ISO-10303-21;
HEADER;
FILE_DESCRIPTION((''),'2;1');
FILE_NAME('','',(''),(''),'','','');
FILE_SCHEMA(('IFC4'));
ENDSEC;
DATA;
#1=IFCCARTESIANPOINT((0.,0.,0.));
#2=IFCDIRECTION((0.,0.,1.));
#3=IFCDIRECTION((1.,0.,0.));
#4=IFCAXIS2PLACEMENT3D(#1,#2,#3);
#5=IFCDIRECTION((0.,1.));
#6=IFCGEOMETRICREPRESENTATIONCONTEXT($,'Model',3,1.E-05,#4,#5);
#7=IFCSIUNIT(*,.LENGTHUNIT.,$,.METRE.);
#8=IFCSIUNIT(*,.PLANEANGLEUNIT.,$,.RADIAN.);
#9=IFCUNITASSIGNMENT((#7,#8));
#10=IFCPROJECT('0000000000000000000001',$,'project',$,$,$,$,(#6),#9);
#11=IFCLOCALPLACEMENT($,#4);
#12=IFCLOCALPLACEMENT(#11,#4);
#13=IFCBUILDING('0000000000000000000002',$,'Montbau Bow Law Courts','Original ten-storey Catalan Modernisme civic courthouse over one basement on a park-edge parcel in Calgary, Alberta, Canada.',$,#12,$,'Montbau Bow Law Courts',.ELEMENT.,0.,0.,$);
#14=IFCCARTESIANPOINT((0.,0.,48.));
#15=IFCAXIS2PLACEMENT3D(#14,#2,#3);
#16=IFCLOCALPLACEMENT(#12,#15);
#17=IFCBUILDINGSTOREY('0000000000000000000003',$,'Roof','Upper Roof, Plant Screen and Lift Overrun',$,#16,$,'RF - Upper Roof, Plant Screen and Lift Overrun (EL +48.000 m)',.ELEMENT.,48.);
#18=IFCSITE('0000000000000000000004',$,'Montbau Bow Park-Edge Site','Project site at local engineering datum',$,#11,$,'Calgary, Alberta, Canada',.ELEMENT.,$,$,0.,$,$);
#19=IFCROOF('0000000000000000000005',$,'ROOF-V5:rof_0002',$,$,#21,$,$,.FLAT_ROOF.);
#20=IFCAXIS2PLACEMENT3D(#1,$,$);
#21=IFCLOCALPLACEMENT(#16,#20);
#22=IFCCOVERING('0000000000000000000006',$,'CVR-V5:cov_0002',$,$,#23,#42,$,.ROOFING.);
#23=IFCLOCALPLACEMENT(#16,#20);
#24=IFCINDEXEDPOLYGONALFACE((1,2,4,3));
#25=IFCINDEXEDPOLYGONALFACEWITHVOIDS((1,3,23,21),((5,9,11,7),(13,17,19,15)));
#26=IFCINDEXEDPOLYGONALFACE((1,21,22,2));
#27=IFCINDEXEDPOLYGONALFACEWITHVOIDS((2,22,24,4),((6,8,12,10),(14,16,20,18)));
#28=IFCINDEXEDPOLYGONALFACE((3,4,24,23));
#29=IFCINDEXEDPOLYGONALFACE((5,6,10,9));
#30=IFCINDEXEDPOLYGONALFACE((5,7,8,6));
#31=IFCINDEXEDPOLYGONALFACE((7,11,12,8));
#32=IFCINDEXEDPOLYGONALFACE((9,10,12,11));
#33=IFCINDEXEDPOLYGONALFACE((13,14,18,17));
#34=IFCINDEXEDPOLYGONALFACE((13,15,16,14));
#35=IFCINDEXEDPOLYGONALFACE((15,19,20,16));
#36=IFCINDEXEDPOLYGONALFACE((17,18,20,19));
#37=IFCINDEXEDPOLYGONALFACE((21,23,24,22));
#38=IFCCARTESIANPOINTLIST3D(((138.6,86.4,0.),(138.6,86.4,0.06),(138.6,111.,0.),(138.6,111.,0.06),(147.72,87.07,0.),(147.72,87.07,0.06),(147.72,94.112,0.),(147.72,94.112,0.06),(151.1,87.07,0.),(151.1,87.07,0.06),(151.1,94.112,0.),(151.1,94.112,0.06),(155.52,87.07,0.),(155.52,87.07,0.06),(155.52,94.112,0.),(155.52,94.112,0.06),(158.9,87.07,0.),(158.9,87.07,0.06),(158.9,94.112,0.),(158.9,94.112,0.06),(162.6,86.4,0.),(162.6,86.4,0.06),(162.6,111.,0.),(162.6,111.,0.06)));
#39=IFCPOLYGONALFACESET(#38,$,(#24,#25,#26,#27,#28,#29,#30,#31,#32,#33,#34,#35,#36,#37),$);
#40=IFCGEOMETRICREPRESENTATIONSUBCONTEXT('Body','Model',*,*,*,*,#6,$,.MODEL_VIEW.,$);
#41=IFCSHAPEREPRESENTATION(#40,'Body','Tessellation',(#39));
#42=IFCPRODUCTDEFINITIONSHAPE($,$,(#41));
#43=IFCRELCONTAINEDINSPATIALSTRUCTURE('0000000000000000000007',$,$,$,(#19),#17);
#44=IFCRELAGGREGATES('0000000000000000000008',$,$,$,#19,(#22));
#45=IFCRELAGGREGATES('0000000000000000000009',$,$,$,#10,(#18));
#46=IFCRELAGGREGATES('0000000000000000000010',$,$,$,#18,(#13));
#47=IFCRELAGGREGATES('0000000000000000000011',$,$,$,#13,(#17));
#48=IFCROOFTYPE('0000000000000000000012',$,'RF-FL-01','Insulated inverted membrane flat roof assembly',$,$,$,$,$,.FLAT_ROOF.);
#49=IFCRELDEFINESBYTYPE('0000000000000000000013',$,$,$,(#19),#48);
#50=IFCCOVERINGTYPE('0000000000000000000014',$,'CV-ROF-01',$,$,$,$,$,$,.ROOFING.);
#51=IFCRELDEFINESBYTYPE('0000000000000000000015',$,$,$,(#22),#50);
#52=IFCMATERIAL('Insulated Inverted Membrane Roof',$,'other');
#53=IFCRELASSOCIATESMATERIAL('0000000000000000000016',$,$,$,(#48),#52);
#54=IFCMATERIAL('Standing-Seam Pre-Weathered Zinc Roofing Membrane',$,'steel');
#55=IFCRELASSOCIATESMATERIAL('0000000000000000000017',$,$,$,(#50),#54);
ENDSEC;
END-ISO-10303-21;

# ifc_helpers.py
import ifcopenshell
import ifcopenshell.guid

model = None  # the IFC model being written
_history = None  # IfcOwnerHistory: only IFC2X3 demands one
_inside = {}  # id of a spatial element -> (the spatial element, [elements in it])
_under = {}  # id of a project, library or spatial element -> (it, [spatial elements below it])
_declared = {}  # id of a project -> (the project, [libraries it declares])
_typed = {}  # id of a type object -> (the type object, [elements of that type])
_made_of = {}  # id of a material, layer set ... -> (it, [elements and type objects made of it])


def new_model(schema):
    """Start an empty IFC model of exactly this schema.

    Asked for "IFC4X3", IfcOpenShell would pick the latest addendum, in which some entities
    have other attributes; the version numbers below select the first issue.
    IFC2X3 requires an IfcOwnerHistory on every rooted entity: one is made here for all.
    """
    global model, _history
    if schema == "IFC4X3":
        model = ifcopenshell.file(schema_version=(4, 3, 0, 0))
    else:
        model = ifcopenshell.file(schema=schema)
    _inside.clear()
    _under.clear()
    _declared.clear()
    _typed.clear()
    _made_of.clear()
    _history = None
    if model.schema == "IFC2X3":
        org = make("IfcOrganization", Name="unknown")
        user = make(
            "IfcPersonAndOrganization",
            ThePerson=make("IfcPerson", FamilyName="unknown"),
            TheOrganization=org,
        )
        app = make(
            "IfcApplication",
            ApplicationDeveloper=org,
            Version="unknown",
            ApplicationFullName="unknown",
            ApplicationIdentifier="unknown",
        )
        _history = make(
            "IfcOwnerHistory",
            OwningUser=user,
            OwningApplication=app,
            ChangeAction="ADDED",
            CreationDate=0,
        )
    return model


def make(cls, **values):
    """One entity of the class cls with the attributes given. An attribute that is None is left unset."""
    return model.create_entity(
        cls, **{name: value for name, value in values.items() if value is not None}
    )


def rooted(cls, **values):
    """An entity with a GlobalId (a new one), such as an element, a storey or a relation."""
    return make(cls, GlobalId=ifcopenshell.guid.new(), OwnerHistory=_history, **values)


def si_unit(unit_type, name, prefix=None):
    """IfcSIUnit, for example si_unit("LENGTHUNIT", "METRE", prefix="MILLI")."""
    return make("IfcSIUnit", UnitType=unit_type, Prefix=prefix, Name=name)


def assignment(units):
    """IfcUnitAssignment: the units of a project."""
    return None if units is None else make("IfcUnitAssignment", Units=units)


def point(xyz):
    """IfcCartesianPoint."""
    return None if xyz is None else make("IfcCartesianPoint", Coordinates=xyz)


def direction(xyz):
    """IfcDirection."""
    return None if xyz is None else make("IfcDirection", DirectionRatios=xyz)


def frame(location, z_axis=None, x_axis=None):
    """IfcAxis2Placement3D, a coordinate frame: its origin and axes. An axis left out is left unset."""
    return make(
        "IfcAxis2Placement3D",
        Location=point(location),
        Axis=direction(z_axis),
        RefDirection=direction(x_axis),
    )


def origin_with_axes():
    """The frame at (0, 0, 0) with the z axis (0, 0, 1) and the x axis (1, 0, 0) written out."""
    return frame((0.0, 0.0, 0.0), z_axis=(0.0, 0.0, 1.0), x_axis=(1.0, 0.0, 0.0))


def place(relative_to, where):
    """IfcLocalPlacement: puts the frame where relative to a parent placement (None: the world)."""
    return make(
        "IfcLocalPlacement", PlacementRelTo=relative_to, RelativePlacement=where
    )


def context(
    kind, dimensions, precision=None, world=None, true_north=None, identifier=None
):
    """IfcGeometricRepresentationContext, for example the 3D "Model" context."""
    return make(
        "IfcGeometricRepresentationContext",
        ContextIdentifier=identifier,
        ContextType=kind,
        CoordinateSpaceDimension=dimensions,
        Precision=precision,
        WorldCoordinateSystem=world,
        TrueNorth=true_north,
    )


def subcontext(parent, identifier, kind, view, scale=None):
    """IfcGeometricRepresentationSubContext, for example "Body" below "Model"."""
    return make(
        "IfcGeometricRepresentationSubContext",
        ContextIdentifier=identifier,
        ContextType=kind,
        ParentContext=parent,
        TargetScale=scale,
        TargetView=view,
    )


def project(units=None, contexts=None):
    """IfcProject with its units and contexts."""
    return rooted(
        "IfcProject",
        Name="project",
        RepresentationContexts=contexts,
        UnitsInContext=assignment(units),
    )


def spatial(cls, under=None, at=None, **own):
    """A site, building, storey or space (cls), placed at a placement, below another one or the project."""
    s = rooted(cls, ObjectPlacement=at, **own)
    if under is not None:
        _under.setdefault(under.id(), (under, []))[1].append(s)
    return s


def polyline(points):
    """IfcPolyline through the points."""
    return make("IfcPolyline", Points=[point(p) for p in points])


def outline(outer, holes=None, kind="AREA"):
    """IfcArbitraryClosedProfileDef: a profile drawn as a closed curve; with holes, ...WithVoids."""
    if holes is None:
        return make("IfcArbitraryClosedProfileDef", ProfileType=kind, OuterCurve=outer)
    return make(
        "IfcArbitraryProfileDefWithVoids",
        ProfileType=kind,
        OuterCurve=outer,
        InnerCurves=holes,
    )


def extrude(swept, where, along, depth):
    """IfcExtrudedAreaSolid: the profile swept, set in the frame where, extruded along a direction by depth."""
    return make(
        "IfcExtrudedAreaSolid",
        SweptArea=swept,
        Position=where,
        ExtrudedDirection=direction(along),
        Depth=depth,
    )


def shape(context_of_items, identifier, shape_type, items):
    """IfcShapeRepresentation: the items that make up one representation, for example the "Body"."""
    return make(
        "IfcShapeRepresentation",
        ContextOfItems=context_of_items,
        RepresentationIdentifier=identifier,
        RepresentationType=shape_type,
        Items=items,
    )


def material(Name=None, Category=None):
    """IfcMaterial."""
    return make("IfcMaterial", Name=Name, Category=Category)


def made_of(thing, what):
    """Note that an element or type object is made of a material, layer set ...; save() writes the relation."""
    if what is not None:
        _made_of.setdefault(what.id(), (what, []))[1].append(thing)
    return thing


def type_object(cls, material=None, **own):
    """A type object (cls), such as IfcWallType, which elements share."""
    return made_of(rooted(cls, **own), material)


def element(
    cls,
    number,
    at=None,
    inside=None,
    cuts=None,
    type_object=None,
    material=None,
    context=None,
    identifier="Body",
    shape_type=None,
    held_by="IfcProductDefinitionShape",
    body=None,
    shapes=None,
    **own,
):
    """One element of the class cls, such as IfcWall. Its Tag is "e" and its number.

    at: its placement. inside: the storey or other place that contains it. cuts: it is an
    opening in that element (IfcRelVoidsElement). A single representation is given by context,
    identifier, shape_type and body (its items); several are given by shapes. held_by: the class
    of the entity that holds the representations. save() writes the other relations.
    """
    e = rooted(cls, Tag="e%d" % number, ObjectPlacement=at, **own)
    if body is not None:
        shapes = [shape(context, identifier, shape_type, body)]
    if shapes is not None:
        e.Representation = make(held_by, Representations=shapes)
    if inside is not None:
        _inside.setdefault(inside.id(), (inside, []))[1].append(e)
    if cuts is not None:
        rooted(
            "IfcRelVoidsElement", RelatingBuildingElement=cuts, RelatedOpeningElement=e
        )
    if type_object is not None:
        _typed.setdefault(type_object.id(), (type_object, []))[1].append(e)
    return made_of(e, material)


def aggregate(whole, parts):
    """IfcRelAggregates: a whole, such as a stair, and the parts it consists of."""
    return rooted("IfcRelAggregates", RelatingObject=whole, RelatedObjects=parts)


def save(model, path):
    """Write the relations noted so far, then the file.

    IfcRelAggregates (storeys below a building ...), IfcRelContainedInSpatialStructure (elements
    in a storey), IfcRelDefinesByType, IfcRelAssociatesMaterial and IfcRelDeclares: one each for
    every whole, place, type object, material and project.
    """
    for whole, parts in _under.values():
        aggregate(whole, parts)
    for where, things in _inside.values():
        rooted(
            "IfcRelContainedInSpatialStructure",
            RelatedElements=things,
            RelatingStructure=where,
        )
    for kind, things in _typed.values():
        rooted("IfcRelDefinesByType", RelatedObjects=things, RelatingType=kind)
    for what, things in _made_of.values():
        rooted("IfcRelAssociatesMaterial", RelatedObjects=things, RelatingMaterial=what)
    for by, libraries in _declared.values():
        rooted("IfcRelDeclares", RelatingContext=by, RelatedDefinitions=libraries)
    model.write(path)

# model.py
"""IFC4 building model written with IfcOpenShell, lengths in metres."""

from ifc_helpers import new_model, si_unit, direction, frame, origin_with_axes, place, context, subcontext, project, spatial, polyline, outline, extrude, material, type_object, element, aggregate, save


model = new_model("IFC4")

# Units and contexts
model_context = context("Model", 3, precision=1e-05, world=origin_with_axes(), true_north=direction((0.0, 1.0)))
body_context = subcontext(model_context, "Body", "Model", "MODEL_VIEW")
ifc_project = project(units=[si_unit("LENGTHUNIT", "METRE"), si_unit("PLANEANGLEUNIT", "RADIAN")], contexts=[model_context])

# Site, building, storey
site_placement = place(None, origin_with_axes())
site = spatial("IfcSite", under=ifc_project, at=site_placement, Name="Montbau Bow Park-Edge Site", Description="Project site at local engineering datum", LongName="Calgary, Alberta, Canada", CompositionType="ELEMENT", RefElevation=0.0)
building_placement = place(site_placement, origin_with_axes())
building = spatial("IfcBuilding", under=site, at=building_placement, Name="Montbau Bow Law Courts", Description="Original ten-storey Catalan Modernisme civic courthouse over one basement on a park-edge parcel in Calgary, Alberta, Canada.", LongName="Montbau Bow Law Courts", CompositionType="ELEMENT", ElevationOfRefHeight=0.0, ElevationOfTerrain=0.0)
storey_placement = place(building_placement, frame((0.0, 0.0, 48.0), z_axis=(0.0, 0.0, 1.0), x_axis=(1.0, 0.0, 0.0)))
storey = spatial("IfcBuildingStorey", under=building, at=storey_placement, Name="Roof", Description="Upper Roof, Plant Screen and Lift Overrun", LongName="RF - Upper Roof, Plant Screen and Lift Overrun (EL +48.000 m)", CompositionType="ELEMENT", Elevation=48.0)

# Roof, covering
ifc_material_1 = material(Name="Insulated Inverted Membrane Roof", Category="other")
roof_type = type_object("IfcRoofType", Name="RF-FL-01", Description="Insulated inverted membrane flat roof assembly", PredefinedType="FLAT_ROOF", material=ifc_material_1)
roof_1_placement = place(None, frame((138.6, 86.4, 48.0), z_axis=(0.0, 0.0, 1.0), x_axis=(1.0, 0.0, 0.0)))
roof_1 = element("IfcRoof", 1, at=roof_1_placement, inside=storey, type_object=roof_type, Name="ROOF-V5:rof_0002", PredefinedType="FLAT_ROOF")
ifc_material_2 = material(Name="Standing-Seam Pre-Weathered Zinc Roofing Membrane", Category="steel")
covering_type = type_object("IfcCoveringType", Name="CV-ROF-01", PredefinedType="ROOFING", material=ifc_material_2)
covering_1_placement = place(None, frame((0.0, 0.0, 48.0), z_axis=(0.0, 0.0, 1.0), x_axis=(1.0, 0.0, 0.0)))
covering_1 = element("IfcCovering", 2, at=covering_1_placement, type_object=covering_type, Name="CVR-V5:cov_0002", PredefinedType="ROOFING", context=body_context, shape_type="SweptSolid", body=[
    extrude(outline(polyline([(138.6, 86.4), (162.6, 86.4), (162.6, 111.0), (138.6, 111.0), (138.6, 86.4)]), holes=[polyline([(147.72, 87.07), (151.1, 87.07), (151.1, 94.112), (147.72, 94.112), (147.72, 87.07)]), polyline([(155.52, 87.07), (158.9, 87.07), (158.9, 94.112), (155.52, 94.112), (155.52, 87.07)])]), origin_with_axes(), (0.0, 0.0, 1.0), 0.06),
])
aggregate(roof_1, [covering_1])

save(model, "model.ifc")
